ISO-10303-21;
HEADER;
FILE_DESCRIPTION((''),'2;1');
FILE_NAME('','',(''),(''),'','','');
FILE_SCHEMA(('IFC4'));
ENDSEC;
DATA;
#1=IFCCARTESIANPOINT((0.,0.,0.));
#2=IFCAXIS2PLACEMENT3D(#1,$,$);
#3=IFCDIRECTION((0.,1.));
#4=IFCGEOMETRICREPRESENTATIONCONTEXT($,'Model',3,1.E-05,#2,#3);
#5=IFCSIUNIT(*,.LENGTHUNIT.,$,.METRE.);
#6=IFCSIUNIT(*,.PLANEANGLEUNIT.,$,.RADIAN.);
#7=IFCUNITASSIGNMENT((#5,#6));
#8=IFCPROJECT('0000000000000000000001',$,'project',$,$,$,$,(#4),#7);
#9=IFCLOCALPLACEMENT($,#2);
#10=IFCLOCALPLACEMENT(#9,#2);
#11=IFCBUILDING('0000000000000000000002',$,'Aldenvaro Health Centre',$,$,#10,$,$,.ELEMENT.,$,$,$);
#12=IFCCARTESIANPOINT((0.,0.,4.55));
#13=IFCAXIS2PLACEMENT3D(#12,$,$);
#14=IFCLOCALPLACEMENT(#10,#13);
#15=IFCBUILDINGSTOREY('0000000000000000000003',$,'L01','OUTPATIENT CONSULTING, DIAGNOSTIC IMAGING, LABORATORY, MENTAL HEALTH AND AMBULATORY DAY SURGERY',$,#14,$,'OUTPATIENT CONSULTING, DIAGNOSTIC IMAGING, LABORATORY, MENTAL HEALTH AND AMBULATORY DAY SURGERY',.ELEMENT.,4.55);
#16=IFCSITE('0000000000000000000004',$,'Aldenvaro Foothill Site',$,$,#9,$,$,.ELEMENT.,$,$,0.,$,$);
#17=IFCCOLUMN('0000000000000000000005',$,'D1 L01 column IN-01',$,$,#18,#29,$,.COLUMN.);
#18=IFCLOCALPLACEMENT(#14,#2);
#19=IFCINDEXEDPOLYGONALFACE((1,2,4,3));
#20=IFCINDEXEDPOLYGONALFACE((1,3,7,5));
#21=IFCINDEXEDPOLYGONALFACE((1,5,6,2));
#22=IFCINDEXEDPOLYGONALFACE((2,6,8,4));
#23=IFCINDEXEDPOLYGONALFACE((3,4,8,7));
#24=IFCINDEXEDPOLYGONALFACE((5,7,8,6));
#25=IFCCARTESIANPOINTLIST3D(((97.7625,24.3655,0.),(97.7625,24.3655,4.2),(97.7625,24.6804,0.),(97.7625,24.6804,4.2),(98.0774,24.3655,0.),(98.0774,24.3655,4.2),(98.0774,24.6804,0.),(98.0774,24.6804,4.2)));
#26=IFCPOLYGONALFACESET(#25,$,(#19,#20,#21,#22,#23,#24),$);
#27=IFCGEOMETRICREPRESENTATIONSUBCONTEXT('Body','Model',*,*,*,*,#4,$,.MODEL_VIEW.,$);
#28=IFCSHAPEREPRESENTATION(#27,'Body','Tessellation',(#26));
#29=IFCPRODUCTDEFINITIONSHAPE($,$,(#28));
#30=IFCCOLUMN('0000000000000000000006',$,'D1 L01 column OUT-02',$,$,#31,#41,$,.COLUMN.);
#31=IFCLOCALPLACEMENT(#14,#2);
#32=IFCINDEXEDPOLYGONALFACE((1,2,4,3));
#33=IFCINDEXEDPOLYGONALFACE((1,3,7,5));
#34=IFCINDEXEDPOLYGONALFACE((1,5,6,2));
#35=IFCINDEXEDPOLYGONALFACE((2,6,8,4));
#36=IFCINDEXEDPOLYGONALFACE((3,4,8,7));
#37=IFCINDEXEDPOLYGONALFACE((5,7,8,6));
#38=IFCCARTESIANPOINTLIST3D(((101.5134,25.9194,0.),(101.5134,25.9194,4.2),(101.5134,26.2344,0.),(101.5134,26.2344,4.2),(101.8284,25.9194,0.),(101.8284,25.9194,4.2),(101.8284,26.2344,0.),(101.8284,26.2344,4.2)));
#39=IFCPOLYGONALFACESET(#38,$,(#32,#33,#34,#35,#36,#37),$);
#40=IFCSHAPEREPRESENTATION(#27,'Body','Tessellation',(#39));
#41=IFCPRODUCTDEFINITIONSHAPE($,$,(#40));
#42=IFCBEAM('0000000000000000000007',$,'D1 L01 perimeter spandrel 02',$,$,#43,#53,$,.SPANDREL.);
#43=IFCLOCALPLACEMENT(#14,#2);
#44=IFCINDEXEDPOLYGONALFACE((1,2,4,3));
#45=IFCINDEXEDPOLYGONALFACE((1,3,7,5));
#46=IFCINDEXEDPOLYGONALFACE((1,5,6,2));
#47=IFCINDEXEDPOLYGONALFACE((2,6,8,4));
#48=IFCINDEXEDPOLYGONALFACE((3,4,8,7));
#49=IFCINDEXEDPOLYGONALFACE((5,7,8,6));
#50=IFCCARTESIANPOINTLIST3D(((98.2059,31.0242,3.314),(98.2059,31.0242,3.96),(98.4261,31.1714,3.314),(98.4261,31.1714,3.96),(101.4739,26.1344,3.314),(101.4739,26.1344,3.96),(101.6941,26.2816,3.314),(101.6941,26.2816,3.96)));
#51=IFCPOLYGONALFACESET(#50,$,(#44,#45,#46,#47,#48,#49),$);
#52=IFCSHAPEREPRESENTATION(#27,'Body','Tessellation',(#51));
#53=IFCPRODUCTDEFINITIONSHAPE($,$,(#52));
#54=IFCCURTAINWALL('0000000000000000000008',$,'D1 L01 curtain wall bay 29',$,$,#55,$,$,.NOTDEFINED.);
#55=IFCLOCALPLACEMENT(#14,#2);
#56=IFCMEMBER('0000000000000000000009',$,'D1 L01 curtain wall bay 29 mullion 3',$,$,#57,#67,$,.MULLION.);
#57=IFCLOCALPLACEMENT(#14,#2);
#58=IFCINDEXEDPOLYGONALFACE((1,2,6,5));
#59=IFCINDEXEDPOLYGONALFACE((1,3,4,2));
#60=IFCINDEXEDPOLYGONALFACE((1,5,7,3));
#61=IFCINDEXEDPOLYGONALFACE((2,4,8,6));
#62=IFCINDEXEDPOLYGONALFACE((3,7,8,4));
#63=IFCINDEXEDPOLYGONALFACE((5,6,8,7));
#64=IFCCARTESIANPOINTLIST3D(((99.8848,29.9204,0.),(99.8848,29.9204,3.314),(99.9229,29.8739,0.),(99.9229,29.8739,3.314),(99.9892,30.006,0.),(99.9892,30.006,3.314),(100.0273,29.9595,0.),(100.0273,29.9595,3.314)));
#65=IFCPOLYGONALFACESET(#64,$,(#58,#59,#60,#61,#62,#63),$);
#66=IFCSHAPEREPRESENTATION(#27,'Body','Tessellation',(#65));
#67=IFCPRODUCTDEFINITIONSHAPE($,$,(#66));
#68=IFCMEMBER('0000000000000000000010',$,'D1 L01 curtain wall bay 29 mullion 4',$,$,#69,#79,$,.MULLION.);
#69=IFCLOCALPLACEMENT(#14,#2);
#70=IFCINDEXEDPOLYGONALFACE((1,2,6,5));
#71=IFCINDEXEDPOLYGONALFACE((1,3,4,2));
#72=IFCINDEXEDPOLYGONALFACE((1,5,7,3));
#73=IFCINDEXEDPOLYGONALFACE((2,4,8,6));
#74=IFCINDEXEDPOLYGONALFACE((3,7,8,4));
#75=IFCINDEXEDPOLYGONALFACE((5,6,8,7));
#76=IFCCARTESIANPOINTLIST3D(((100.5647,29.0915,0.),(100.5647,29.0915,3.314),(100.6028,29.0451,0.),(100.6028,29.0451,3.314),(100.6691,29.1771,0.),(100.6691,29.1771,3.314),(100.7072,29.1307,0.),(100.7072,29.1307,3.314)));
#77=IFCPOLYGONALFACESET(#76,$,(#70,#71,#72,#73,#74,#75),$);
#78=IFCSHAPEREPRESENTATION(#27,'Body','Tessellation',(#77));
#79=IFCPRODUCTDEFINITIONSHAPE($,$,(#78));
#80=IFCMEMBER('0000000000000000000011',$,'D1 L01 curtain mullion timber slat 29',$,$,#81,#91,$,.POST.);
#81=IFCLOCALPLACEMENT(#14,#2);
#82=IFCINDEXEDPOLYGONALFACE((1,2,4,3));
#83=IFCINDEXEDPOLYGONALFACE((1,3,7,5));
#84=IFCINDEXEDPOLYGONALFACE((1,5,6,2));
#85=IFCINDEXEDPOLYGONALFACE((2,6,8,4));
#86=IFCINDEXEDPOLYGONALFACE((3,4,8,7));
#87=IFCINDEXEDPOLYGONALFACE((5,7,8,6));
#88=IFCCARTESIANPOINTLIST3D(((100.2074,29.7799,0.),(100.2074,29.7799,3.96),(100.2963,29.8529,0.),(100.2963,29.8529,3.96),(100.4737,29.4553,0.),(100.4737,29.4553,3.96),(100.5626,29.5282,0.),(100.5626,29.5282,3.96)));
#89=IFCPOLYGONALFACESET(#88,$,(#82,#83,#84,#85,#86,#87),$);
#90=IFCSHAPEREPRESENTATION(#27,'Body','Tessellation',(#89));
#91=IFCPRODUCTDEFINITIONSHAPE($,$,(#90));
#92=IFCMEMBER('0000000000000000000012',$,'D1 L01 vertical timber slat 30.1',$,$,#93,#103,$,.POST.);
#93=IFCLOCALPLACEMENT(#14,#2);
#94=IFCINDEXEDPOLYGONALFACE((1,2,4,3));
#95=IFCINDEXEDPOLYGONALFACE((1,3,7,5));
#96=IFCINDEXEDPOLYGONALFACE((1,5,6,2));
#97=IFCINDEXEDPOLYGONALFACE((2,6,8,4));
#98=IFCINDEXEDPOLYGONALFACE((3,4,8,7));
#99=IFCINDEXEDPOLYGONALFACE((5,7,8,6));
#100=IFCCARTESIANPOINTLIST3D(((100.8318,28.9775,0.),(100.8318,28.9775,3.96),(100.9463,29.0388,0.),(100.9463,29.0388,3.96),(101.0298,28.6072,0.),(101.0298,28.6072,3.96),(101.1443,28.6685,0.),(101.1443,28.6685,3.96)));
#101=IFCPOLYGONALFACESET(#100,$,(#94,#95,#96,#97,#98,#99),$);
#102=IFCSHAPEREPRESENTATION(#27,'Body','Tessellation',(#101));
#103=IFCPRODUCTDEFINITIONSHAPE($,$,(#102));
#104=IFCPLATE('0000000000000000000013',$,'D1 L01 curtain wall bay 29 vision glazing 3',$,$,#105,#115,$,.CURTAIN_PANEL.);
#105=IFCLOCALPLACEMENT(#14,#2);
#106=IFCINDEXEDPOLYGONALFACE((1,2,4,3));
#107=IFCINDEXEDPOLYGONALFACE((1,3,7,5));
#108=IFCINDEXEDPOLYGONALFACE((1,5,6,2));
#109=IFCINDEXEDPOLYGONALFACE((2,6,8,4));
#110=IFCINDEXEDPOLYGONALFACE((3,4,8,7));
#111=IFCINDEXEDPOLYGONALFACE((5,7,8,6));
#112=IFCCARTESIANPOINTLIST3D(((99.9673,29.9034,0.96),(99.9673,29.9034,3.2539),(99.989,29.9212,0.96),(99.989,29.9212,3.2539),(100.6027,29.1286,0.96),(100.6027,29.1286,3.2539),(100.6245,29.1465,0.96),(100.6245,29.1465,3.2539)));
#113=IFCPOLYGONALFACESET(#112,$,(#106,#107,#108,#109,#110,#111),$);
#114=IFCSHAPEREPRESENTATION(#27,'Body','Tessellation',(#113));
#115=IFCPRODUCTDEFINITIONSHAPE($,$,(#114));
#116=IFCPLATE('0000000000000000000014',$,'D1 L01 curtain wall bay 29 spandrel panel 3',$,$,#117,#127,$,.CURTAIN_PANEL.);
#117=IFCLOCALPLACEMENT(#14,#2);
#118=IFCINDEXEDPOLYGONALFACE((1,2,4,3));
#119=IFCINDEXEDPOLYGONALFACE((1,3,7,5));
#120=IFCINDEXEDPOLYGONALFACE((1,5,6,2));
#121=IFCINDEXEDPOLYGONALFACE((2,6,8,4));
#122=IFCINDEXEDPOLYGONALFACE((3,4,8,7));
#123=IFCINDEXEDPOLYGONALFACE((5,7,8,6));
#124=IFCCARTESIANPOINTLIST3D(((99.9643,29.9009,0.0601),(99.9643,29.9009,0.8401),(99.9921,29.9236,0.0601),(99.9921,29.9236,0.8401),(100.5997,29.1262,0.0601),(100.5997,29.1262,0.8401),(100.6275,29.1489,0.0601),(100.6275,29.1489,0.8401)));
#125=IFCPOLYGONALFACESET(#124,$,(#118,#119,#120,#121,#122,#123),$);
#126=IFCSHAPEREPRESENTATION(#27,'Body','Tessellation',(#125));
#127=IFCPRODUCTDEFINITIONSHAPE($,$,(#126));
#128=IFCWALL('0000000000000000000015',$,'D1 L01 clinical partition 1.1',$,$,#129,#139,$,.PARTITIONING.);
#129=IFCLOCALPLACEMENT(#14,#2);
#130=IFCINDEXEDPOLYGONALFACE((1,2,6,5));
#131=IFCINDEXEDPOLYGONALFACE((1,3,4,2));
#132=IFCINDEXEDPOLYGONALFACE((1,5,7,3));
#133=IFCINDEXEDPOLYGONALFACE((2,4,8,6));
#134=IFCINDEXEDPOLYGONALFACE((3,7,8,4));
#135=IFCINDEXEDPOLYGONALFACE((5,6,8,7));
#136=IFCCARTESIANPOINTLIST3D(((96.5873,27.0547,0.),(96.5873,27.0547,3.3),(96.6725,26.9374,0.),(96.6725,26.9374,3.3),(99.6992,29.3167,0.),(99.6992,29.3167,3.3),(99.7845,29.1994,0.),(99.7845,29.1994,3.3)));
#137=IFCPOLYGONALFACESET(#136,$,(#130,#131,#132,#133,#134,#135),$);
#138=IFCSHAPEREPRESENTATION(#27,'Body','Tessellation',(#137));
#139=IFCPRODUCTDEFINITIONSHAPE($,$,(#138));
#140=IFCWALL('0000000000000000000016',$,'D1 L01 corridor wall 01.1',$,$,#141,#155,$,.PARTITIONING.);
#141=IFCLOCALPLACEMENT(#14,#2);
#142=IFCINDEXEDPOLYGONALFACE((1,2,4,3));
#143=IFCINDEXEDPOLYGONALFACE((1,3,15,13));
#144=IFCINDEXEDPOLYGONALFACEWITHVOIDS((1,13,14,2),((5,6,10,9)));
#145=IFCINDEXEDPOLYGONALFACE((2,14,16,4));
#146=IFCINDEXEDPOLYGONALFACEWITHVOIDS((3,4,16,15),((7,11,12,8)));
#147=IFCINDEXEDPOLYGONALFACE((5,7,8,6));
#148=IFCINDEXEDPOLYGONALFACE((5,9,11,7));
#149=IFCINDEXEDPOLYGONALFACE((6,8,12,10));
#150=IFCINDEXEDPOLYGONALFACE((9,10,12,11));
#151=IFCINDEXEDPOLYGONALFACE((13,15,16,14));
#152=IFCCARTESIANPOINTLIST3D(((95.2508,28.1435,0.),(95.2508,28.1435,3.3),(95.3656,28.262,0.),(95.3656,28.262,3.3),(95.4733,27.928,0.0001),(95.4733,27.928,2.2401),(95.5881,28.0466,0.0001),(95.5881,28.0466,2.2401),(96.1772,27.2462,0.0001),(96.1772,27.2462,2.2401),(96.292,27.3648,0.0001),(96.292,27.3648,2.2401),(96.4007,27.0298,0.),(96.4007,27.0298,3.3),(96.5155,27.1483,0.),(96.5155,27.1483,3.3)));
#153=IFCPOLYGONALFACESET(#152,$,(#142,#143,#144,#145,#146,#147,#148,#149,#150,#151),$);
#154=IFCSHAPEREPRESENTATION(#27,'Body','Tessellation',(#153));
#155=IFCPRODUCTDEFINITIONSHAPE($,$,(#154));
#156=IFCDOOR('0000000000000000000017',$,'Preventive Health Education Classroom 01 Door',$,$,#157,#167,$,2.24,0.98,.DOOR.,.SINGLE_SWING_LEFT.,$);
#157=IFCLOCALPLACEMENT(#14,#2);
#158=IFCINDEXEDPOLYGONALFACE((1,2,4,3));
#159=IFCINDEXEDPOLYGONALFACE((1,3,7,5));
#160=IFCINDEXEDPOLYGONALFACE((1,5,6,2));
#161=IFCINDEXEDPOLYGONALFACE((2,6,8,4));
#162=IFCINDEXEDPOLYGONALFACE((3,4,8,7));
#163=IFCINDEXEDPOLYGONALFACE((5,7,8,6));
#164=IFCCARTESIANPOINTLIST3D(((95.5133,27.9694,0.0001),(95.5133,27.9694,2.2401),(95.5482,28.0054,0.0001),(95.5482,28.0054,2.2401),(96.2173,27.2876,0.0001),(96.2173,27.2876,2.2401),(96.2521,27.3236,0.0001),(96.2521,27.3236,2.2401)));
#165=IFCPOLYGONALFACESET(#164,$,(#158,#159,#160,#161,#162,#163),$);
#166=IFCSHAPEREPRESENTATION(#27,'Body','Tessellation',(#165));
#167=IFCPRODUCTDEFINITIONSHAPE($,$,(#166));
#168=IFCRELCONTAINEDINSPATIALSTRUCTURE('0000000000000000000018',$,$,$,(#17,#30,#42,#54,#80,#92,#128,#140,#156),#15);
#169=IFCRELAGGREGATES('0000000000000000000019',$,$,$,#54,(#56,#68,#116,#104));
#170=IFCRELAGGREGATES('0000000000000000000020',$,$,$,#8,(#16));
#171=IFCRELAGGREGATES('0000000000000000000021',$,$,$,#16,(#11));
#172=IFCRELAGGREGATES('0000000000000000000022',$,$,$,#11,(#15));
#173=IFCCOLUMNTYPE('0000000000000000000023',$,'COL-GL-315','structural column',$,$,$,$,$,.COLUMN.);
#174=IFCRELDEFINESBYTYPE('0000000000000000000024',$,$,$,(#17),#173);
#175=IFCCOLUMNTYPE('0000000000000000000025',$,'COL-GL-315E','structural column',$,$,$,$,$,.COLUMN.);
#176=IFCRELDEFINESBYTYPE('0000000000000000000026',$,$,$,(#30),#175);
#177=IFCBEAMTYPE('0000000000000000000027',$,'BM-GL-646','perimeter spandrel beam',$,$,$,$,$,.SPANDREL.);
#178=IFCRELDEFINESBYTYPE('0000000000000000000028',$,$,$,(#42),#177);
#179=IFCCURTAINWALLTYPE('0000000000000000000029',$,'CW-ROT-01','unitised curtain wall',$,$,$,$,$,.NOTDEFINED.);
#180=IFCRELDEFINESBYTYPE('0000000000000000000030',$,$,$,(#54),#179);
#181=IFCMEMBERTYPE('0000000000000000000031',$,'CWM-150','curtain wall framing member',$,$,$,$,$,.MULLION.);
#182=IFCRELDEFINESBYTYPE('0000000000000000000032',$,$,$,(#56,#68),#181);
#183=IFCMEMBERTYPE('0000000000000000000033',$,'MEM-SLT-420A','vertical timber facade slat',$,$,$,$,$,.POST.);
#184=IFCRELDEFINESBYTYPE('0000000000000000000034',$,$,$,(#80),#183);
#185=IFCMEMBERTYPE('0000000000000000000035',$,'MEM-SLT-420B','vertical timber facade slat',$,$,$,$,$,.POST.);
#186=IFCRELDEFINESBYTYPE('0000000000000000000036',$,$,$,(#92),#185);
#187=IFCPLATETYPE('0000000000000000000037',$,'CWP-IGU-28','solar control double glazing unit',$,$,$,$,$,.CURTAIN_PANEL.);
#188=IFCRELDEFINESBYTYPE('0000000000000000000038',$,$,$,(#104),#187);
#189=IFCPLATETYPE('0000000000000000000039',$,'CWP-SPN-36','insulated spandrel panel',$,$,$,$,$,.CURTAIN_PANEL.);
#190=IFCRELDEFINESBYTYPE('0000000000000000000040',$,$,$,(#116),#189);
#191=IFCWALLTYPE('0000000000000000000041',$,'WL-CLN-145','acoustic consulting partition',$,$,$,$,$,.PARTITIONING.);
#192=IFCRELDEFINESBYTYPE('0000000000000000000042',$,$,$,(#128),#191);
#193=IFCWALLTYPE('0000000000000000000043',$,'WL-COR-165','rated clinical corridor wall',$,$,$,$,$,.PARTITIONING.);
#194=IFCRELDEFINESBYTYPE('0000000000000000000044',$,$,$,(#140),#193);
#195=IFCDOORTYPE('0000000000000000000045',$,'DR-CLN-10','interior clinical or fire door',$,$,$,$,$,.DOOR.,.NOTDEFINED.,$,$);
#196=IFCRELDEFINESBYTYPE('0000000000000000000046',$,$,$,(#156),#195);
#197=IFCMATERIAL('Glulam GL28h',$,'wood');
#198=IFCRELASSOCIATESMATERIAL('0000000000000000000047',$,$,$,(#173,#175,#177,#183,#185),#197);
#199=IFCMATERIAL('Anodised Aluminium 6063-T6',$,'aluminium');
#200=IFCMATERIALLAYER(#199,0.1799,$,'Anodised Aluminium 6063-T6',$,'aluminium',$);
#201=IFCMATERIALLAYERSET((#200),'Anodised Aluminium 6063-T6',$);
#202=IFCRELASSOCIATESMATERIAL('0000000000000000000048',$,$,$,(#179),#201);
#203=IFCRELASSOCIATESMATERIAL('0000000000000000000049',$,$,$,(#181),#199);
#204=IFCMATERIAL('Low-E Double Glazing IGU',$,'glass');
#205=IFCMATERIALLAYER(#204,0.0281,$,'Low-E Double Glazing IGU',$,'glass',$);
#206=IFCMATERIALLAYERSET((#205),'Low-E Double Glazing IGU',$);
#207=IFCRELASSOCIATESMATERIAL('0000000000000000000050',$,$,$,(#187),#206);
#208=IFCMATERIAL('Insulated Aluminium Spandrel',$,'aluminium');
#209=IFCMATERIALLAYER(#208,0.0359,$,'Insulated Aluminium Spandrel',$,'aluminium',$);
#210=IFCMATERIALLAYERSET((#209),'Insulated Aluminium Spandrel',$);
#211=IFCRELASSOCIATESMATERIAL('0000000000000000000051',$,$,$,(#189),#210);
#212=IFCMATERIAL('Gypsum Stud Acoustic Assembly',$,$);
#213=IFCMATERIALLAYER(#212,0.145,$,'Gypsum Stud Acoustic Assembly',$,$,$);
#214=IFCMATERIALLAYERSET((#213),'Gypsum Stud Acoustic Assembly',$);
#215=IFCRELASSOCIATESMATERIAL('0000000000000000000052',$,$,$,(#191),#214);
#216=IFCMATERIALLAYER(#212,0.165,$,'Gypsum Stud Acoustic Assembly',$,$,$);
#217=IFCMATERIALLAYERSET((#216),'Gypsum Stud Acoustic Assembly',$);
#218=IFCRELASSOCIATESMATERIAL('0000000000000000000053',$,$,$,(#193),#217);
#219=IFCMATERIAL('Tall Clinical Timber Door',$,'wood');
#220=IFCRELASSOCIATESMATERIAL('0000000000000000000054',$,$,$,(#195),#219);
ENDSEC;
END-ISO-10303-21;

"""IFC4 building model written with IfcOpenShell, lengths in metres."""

from ifc_helpers import new_model, si_unit, direction, frame, frame_2d, origin, origin_2d, place, context, subcontext, project, spatial, rectangle, extrude, material, layer, layer_set, material_profile, profile_set, type_object, element, fill, aggregate, save


model = new_model("IFC4")

# Units and contexts
model_context = context("Model", 3, precision=1e-05, world=origin(), true_north=direction((0.0, 1.0)))
body_context = subcontext(model_context, "Body", "Model", "MODEL_VIEW")
ifc_project = project(units=[si_unit("LENGTHUNIT", "METRE"), si_unit("PLANEANGLEUNIT", "RADIAN")], contexts=[model_context])

# Site, building, storey
site_placement = place(None, origin())
site = spatial("IfcSite", under=ifc_project, at=site_placement, Name="Aldenvaro Foothill Site", CompositionType="ELEMENT", RefElevation=0.0)
building_placement = place(site_placement, origin())
building = spatial("IfcBuilding", under=site, at=building_placement, Name="Aldenvaro Health Centre", CompositionType="ELEMENT")
storey_placement = place(building_placement, frame((0.0, 0.0, 4.55)))
storey = spatial("IfcBuildingStorey", under=building, at=storey_placement, Name="L01", Description="OUTPATIENT CONSULTING, DIAGNOSTIC IMAGING, LABORATORY, MENTAL HEALTH AND AMBULATORY DAY SURGERY", LongName="OUTPATIENT CONSULTING, DIAGNOSTIC IMAGING, LABORATORY, MENTAL HEALTH AND AMBULATORY DAY SURGERY", CompositionType="ELEMENT", Elevation=4.55)

# Columns
ifc_material_1 = material(Name="Glulam GL28h", Category="wood")
ifc_material_profile_1 = material_profile(ifc_material_1, rectangle(XDim=0.3149, YDim=0.3149, at=origin_2d()), Name="GL 315x315", Category="wood")
ifc_profile_set_1 = profile_set([ifc_material_profile_1], Name="Glulam GL28h")
column_type_1 = type_object("IfcColumnType", Name="COL-GL-315", Description="structural column", PredefinedType="COLUMN", material=ifc_profile_set_1)
column_1_placement = place(storey_placement, frame((97.9199, 24.5229, 0.0), z_axis=(0.0, 0.0, 1.0), x_axis=(1.0, 0.0, 0.0)))
element("IfcColumn", 1, at=column_1_placement, inside=storey, type_object=column_type_1, Name="D1 L01 column IN-01", PredefinedType="COLUMN", context=body_context, shape_type="SweptSolid", body=[
    extrude(rectangle(XDim=0.3149, YDim=0.3149, at=origin_2d()), origin(), (0.0, 0.0, 1.0), 4.2),
])
ifc_material_profile_2 = material_profile(ifc_material_1, rectangle(XDim=0.3149, YDim=0.3149, at=origin_2d()), Name="GL 315x315", Category="wood")
ifc_profile_set_2 = profile_set([ifc_material_profile_2], Name="Glulam GL28h")
column_type_2 = type_object("IfcColumnType", Name="COL-GL-315E", Description="structural column", PredefinedType="COLUMN", material=ifc_profile_set_2)
column_2_placement = place(storey_placement, frame((101.6709, 26.0769, 0.0), z_axis=(0.0, 0.0, 1.0), x_axis=(1.0, 0.0, 0.0)))
element("IfcColumn", 2, at=column_2_placement, inside=storey, type_object=column_type_2, Name="D1 L01 column OUT-02", PredefinedType="COLUMN", context=body_context, shape_type="SweptSolid", body=[
    extrude(rectangle(XDim=0.3149, YDim=0.3149, at=origin_2d()), origin(), (0.0, 0.0, 1.0), 4.2),
])

# Beam
ifc_material_profile_3 = material_profile(ifc_material_1, rectangle(XDim=0.2649, YDim=0.646, at=origin_2d()), Name="GL 265x646", Category="wood")
ifc_profile_set_3 = profile_set([ifc_material_profile_3], Name="Glulam GL28h")
beam_type = type_object("IfcBeamType", Name="BM-GL-646", Description="perimeter spandrel beam", PredefinedType="SPANDREL", material=ifc_profile_set_3)
beam_placement = place(storey_placement, frame((101.584, 26.208, 3.637), z_axis=(-0.555658, 0.831411, 0.0), x_axis=(-0.831411, -0.555658, 0.0)))
element("IfcBeam", 3, at=beam_placement, inside=storey, type_object=beam_type, Name="D1 L01 perimeter spandrel 02", PredefinedType="SPANDREL", context=body_context, shape_type="SweptSolid", body=[
    extrude(rectangle(XDim=0.2649, YDim=0.646, at=origin_2d()), origin(), (0.0, 0.0, 1.0), 5.8813),
])

# Curtain wall, members
ifc_material_2 = material(Name="Anodised Aluminium 6063-T6", Category="aluminium")
ifc_layer_1 = layer(ifc_material_2, 0.1799, Name="Anodised Aluminium 6063-T6", Category="aluminium")
ifc_layer_set_1 = layer_set([ifc_layer_1], Name="Anodised Aluminium 6063-T6")
curtain_wall_type = type_object("IfcCurtainWallType", Name="CW-ROT-01", Description="unitised curtain wall", PredefinedType="NOTDEFINED", material=ifc_layer_set_1)
curtain_wall_placement = place(storey_placement, origin())
curtain_wall = element("IfcCurtainWall", 4, at=curtain_wall_placement, inside=storey, type_object=curtain_wall_type, Name="D1 L01 curtain wall bay 29", PredefinedType="NOTDEFINED")
ifc_material_profile_4 = material_profile(ifc_material_2, rectangle(XDim=0.0601, YDim=0.135, at=origin_2d()), Name="ALU 60x135", Category="aluminium")
ifc_profile_set_4 = profile_set([ifc_material_profile_4], Name="Anodised Aluminium 6063-T6")
member_type_1 = type_object("IfcMemberType", Name="CWM-150", Description="curtain wall framing member", PredefinedType="MULLION", material=ifc_profile_set_4)
member_1_placement = place(storey_placement, frame((99.9561, 29.9399, 0.0), z_axis=(0.0, 0.0, 1.0), x_axis=(0.634169, -0.773195, 0.0)))
member_1 = element("IfcMember", 5, at=member_1_placement, type_object=member_type_1, Name="D1 L01 curtain wall bay 29 mullion 3", PredefinedType="MULLION", context=body_context, shape_type="SweptSolid", body=[
    extrude(rectangle(XDim=0.0601, YDim=0.135, at=origin_2d()), origin(), (0.0, 0.0, 1.0), 3.314),
])
member_2_placement = place(storey_placement, frame((100.636, 29.1111, 0.0), z_axis=(0.0, 0.0, 1.0), x_axis=(0.634169, -0.773195, 0.0)))
member_2 = element("IfcMember", 6, at=member_2_placement, type_object=member_type_1, Name="D1 L01 curtain wall bay 29 mullion 4", PredefinedType="MULLION", context=body_context, shape_type="SweptSolid", body=[
    extrude(rectangle(XDim=0.0601, YDim=0.135, at=origin_2d()), origin(), (0.0, 0.0, 1.0), 3.314),
])

# Members
ifc_material_profile_5 = material_profile(ifc_material_1, rectangle(XDim=0.115, YDim=0.4199, at=origin_2d()), Name="GL 115x420", Category="wood")
ifc_profile_set_5 = profile_set([ifc_material_profile_5], Name="Glulam GL28h")
member_type_2 = type_object("IfcMemberType", Name="MEM-SLT-420A", Description="vertical timber facade slat", PredefinedType="POST", material=ifc_profile_set_5)
member_3_placement = place(storey_placement, frame((100.385, 29.6541, 0.0), z_axis=(0.0, 0.0, 1.0), x_axis=(0.773195, 0.634169, 0.0)))
element("IfcMember", 7, at=member_3_placement, inside=storey, type_object=member_type_2, Name="D1 L01 curtain mullion timber slat 29", PredefinedType="POST", context=body_context, shape_type="SweptSolid", body=[
    extrude(rectangle(XDim=0.115, YDim=0.4199, at=origin_2d()), origin(), (0.0, 0.0, 1.0), 3.96),
])
ifc_material_profile_6 = material_profile(ifc_material_1, rectangle(XDim=0.1299, YDim=0.4199, at=origin_2d()), Name="GL 130x420", Category="wood")
ifc_profile_set_6 = profile_set([ifc_material_profile_6], Name="Glulam GL28h")
member_type_3 = type_object("IfcMemberType", Name="MEM-SLT-420B", Description="vertical timber facade slat", PredefinedType="POST", material=ifc_profile_set_6)
member_4_placement = place(storey_placement, frame((100.988, 28.823, 0.0), z_axis=(0.0, 0.0, 1.0), x_axis=(0.881836, 0.471557, 0.0)))
element("IfcMember", 8, at=member_4_placement, inside=storey, type_object=member_type_3, Name="D1 L01 vertical timber slat 30.1", PredefinedType="POST", context=body_context, shape_type="SweptSolid", body=[
    extrude(rectangle(XDim=0.1299, YDim=0.4199, at=origin_2d()), origin(), (0.0, 0.0, 1.0), 3.96),
])

# Plates
ifc_material_3 = material(Name="Low-E Double Glazing IGU", Category="glass")
ifc_layer_2 = layer(ifc_material_3, 0.0281, Name="Low-E Double Glazing IGU", Category="glass")
ifc_layer_set_2 = layer_set([ifc_layer_2], Name="Low-E Double Glazing IGU")
plate_type_1 = type_object("IfcPlateType", Name="CWP-IGU-28", Description="solar control double glazing unit", PredefinedType="CURTAIN_PANEL", material=ifc_layer_set_2)
plate_1_placement = place(storey_placement, frame((100.2959, 29.5249, 0.96), z_axis=(0.0, 0.0, 1.0), x_axis=(0.634169, -0.773195, 0.0)))
plate_1 = element("IfcPlate", 9, at=plate_1_placement, type_object=plate_type_1, Name="D1 L01 curtain wall bay 29 vision glazing 3", PredefinedType="CURTAIN_PANEL", context=body_context, shape_type="SweptSolid", body=[
    extrude(rectangle(XDim=1.002, YDim=0.0281, at=origin_2d()), origin(), (0.0, 0.0, 1.0), 2.2939),
])
ifc_material_4 = material(Name="Insulated Aluminium Spandrel", Category="aluminium")
ifc_layer_3 = layer(ifc_material_4, 0.0359, Name="Insulated Aluminium Spandrel", Category="aluminium")
ifc_layer_set_3 = layer_set([ifc_layer_3], Name="Insulated Aluminium Spandrel")
plate_type_2 = type_object("IfcPlateType", Name="CWP-SPN-36", Description="insulated spandrel panel", PredefinedType="CURTAIN_PANEL", material=ifc_layer_set_3)
plate_2_placement = place(storey_placement, frame((100.2959, 29.5249, 0.0601), z_axis=(0.0, 0.0, 1.0), x_axis=(0.634169, -0.773195, 0.0)))
plate_2 = element("IfcPlate", 10, at=plate_2_placement, type_object=plate_type_2, Name="D1 L01 curtain wall bay 29 spandrel panel 3", PredefinedType="CURTAIN_PANEL", context=body_context, shape_type="SweptSolid", body=[
    extrude(rectangle(XDim=1.002, YDim=0.0359, at=origin_2d()), origin(), (0.0, 0.0, 1.0), 0.78),
])
aggregate(curtain_wall, [member_1, member_2, plate_2, plate_1])

# Wall
ifc_material_5 = material(Name="Gypsum Stud Acoustic Assembly")
ifc_layer_4 = layer(ifc_material_5, 0.145, Name="Gypsum Stud Acoustic Assembly")
ifc_layer_set_4 = layer_set([ifc_layer_4], Name="Gypsum Stud Acoustic Assembly")
wall_type_1 = type_object("IfcWallType", Name="WL-CLN-145", Description="acoustic consulting partition", PredefinedType="PARTITIONING", material=ifc_layer_set_4)
wall_1_placement = place(storey_placement, frame((96.6299, 26.9961, 0.0), z_axis=(0.0, 0.0, 1.0), x_axis=(0.808903, 0.587942, 0.0)))
element("IfcWall", 11, at=wall_1_placement, inside=storey, type_object=wall_type_1, Name="D1 L01 clinical partition 1.1", PredefinedType="PARTITIONING", context=body_context, shape_type="SweptSolid", body=[
    extrude(rectangle(XDim=3.8472, YDim=0.145, at=frame_2d((1.9236, 0.0))), origin(), (0.0, 0.0, 1.0), 3.3),
])

# Wall, opening, door
ifc_layer_5 = layer(ifc_material_5, 0.165, Name="Gypsum Stud Acoustic Assembly")
ifc_layer_set_5 = layer_set([ifc_layer_5], Name="Gypsum Stud Acoustic Assembly")
wall_type_2 = type_object("IfcWallType", Name="WL-COR-165", Description="rated clinical corridor wall", PredefinedType="PARTITIONING", material=ifc_layer_set_5)
wall_2_placement = place(storey_placement, frame((96.458, 27.0891, 0.0), z_axis=(0.0, 0.0, 1.0), x_axis=(-0.718302, 0.695731, 0.0)))
wall_2 = element("IfcWall", 12, at=wall_2_placement, inside=storey, type_object=wall_type_2, Name="D1 L01 corridor wall 01.1", PredefinedType="PARTITIONING", context=body_context, shape_type="SweptSolid", body=[
    extrude(rectangle(XDim=1.6008, YDim=0.165, at=frame_2d((0.8003, 0.0))), origin(), (0.0, 0.0, 1.0), 3.3),
])
opening_1_placement = place(wall_2_placement, frame((0.311, 0.0, 0.0)))
opening_1 = element("IfcOpeningElement", 13, at=opening_1_placement, cuts=wall_2, PredefinedType="OPENING", context=body_context, shape_type="SweptSolid", body=[
    extrude(rectangle(XDim=0.98, YDim=2.24, at=frame_2d((0.49, 1.1201))), frame((0.0, 0.0925, 0.0), z_axis=(0.0, -1.0, 0.0), x_axis=(1.0, 0.0, 0.0)), (0.0, 0.0, 1.0), 0.1851),
])
ifc_material_6 = material(Name="Tall Clinical Timber Door", Category="wood")
door_type_1 = type_object("IfcDoorType", Name="DR-CLN-10", Description="interior clinical or fire door", OperationType="NOTDEFINED", PredefinedType="DOOR", material=ifc_material_6)
door_1_placement = place(opening_1_placement, origin())
door_1 = element("IfcDoor", 14, at=door_1_placement, inside=storey, type_object=door_type_1, Name="Preventive Health Education Classroom 01 Door", OperationType="SINGLE_SWING_LEFT", OverallHeight=2.24, OverallWidth=0.98, PredefinedType="DOOR", context=body_context, shape_type="SweptSolid", body=[
    extrude(rectangle(XDim=0.98, YDim=2.24, at=frame_2d((0.49, 1.1201))), frame((0.0, 0.0249, 0.0), z_axis=(0.0, -1.0, 0.0), x_axis=(1.0, 0.0, 0.0)), (0.0, 0.0, 1.0), 0.05),
])
fill(opening_1, door_1)

save(model, "model.ifc")
